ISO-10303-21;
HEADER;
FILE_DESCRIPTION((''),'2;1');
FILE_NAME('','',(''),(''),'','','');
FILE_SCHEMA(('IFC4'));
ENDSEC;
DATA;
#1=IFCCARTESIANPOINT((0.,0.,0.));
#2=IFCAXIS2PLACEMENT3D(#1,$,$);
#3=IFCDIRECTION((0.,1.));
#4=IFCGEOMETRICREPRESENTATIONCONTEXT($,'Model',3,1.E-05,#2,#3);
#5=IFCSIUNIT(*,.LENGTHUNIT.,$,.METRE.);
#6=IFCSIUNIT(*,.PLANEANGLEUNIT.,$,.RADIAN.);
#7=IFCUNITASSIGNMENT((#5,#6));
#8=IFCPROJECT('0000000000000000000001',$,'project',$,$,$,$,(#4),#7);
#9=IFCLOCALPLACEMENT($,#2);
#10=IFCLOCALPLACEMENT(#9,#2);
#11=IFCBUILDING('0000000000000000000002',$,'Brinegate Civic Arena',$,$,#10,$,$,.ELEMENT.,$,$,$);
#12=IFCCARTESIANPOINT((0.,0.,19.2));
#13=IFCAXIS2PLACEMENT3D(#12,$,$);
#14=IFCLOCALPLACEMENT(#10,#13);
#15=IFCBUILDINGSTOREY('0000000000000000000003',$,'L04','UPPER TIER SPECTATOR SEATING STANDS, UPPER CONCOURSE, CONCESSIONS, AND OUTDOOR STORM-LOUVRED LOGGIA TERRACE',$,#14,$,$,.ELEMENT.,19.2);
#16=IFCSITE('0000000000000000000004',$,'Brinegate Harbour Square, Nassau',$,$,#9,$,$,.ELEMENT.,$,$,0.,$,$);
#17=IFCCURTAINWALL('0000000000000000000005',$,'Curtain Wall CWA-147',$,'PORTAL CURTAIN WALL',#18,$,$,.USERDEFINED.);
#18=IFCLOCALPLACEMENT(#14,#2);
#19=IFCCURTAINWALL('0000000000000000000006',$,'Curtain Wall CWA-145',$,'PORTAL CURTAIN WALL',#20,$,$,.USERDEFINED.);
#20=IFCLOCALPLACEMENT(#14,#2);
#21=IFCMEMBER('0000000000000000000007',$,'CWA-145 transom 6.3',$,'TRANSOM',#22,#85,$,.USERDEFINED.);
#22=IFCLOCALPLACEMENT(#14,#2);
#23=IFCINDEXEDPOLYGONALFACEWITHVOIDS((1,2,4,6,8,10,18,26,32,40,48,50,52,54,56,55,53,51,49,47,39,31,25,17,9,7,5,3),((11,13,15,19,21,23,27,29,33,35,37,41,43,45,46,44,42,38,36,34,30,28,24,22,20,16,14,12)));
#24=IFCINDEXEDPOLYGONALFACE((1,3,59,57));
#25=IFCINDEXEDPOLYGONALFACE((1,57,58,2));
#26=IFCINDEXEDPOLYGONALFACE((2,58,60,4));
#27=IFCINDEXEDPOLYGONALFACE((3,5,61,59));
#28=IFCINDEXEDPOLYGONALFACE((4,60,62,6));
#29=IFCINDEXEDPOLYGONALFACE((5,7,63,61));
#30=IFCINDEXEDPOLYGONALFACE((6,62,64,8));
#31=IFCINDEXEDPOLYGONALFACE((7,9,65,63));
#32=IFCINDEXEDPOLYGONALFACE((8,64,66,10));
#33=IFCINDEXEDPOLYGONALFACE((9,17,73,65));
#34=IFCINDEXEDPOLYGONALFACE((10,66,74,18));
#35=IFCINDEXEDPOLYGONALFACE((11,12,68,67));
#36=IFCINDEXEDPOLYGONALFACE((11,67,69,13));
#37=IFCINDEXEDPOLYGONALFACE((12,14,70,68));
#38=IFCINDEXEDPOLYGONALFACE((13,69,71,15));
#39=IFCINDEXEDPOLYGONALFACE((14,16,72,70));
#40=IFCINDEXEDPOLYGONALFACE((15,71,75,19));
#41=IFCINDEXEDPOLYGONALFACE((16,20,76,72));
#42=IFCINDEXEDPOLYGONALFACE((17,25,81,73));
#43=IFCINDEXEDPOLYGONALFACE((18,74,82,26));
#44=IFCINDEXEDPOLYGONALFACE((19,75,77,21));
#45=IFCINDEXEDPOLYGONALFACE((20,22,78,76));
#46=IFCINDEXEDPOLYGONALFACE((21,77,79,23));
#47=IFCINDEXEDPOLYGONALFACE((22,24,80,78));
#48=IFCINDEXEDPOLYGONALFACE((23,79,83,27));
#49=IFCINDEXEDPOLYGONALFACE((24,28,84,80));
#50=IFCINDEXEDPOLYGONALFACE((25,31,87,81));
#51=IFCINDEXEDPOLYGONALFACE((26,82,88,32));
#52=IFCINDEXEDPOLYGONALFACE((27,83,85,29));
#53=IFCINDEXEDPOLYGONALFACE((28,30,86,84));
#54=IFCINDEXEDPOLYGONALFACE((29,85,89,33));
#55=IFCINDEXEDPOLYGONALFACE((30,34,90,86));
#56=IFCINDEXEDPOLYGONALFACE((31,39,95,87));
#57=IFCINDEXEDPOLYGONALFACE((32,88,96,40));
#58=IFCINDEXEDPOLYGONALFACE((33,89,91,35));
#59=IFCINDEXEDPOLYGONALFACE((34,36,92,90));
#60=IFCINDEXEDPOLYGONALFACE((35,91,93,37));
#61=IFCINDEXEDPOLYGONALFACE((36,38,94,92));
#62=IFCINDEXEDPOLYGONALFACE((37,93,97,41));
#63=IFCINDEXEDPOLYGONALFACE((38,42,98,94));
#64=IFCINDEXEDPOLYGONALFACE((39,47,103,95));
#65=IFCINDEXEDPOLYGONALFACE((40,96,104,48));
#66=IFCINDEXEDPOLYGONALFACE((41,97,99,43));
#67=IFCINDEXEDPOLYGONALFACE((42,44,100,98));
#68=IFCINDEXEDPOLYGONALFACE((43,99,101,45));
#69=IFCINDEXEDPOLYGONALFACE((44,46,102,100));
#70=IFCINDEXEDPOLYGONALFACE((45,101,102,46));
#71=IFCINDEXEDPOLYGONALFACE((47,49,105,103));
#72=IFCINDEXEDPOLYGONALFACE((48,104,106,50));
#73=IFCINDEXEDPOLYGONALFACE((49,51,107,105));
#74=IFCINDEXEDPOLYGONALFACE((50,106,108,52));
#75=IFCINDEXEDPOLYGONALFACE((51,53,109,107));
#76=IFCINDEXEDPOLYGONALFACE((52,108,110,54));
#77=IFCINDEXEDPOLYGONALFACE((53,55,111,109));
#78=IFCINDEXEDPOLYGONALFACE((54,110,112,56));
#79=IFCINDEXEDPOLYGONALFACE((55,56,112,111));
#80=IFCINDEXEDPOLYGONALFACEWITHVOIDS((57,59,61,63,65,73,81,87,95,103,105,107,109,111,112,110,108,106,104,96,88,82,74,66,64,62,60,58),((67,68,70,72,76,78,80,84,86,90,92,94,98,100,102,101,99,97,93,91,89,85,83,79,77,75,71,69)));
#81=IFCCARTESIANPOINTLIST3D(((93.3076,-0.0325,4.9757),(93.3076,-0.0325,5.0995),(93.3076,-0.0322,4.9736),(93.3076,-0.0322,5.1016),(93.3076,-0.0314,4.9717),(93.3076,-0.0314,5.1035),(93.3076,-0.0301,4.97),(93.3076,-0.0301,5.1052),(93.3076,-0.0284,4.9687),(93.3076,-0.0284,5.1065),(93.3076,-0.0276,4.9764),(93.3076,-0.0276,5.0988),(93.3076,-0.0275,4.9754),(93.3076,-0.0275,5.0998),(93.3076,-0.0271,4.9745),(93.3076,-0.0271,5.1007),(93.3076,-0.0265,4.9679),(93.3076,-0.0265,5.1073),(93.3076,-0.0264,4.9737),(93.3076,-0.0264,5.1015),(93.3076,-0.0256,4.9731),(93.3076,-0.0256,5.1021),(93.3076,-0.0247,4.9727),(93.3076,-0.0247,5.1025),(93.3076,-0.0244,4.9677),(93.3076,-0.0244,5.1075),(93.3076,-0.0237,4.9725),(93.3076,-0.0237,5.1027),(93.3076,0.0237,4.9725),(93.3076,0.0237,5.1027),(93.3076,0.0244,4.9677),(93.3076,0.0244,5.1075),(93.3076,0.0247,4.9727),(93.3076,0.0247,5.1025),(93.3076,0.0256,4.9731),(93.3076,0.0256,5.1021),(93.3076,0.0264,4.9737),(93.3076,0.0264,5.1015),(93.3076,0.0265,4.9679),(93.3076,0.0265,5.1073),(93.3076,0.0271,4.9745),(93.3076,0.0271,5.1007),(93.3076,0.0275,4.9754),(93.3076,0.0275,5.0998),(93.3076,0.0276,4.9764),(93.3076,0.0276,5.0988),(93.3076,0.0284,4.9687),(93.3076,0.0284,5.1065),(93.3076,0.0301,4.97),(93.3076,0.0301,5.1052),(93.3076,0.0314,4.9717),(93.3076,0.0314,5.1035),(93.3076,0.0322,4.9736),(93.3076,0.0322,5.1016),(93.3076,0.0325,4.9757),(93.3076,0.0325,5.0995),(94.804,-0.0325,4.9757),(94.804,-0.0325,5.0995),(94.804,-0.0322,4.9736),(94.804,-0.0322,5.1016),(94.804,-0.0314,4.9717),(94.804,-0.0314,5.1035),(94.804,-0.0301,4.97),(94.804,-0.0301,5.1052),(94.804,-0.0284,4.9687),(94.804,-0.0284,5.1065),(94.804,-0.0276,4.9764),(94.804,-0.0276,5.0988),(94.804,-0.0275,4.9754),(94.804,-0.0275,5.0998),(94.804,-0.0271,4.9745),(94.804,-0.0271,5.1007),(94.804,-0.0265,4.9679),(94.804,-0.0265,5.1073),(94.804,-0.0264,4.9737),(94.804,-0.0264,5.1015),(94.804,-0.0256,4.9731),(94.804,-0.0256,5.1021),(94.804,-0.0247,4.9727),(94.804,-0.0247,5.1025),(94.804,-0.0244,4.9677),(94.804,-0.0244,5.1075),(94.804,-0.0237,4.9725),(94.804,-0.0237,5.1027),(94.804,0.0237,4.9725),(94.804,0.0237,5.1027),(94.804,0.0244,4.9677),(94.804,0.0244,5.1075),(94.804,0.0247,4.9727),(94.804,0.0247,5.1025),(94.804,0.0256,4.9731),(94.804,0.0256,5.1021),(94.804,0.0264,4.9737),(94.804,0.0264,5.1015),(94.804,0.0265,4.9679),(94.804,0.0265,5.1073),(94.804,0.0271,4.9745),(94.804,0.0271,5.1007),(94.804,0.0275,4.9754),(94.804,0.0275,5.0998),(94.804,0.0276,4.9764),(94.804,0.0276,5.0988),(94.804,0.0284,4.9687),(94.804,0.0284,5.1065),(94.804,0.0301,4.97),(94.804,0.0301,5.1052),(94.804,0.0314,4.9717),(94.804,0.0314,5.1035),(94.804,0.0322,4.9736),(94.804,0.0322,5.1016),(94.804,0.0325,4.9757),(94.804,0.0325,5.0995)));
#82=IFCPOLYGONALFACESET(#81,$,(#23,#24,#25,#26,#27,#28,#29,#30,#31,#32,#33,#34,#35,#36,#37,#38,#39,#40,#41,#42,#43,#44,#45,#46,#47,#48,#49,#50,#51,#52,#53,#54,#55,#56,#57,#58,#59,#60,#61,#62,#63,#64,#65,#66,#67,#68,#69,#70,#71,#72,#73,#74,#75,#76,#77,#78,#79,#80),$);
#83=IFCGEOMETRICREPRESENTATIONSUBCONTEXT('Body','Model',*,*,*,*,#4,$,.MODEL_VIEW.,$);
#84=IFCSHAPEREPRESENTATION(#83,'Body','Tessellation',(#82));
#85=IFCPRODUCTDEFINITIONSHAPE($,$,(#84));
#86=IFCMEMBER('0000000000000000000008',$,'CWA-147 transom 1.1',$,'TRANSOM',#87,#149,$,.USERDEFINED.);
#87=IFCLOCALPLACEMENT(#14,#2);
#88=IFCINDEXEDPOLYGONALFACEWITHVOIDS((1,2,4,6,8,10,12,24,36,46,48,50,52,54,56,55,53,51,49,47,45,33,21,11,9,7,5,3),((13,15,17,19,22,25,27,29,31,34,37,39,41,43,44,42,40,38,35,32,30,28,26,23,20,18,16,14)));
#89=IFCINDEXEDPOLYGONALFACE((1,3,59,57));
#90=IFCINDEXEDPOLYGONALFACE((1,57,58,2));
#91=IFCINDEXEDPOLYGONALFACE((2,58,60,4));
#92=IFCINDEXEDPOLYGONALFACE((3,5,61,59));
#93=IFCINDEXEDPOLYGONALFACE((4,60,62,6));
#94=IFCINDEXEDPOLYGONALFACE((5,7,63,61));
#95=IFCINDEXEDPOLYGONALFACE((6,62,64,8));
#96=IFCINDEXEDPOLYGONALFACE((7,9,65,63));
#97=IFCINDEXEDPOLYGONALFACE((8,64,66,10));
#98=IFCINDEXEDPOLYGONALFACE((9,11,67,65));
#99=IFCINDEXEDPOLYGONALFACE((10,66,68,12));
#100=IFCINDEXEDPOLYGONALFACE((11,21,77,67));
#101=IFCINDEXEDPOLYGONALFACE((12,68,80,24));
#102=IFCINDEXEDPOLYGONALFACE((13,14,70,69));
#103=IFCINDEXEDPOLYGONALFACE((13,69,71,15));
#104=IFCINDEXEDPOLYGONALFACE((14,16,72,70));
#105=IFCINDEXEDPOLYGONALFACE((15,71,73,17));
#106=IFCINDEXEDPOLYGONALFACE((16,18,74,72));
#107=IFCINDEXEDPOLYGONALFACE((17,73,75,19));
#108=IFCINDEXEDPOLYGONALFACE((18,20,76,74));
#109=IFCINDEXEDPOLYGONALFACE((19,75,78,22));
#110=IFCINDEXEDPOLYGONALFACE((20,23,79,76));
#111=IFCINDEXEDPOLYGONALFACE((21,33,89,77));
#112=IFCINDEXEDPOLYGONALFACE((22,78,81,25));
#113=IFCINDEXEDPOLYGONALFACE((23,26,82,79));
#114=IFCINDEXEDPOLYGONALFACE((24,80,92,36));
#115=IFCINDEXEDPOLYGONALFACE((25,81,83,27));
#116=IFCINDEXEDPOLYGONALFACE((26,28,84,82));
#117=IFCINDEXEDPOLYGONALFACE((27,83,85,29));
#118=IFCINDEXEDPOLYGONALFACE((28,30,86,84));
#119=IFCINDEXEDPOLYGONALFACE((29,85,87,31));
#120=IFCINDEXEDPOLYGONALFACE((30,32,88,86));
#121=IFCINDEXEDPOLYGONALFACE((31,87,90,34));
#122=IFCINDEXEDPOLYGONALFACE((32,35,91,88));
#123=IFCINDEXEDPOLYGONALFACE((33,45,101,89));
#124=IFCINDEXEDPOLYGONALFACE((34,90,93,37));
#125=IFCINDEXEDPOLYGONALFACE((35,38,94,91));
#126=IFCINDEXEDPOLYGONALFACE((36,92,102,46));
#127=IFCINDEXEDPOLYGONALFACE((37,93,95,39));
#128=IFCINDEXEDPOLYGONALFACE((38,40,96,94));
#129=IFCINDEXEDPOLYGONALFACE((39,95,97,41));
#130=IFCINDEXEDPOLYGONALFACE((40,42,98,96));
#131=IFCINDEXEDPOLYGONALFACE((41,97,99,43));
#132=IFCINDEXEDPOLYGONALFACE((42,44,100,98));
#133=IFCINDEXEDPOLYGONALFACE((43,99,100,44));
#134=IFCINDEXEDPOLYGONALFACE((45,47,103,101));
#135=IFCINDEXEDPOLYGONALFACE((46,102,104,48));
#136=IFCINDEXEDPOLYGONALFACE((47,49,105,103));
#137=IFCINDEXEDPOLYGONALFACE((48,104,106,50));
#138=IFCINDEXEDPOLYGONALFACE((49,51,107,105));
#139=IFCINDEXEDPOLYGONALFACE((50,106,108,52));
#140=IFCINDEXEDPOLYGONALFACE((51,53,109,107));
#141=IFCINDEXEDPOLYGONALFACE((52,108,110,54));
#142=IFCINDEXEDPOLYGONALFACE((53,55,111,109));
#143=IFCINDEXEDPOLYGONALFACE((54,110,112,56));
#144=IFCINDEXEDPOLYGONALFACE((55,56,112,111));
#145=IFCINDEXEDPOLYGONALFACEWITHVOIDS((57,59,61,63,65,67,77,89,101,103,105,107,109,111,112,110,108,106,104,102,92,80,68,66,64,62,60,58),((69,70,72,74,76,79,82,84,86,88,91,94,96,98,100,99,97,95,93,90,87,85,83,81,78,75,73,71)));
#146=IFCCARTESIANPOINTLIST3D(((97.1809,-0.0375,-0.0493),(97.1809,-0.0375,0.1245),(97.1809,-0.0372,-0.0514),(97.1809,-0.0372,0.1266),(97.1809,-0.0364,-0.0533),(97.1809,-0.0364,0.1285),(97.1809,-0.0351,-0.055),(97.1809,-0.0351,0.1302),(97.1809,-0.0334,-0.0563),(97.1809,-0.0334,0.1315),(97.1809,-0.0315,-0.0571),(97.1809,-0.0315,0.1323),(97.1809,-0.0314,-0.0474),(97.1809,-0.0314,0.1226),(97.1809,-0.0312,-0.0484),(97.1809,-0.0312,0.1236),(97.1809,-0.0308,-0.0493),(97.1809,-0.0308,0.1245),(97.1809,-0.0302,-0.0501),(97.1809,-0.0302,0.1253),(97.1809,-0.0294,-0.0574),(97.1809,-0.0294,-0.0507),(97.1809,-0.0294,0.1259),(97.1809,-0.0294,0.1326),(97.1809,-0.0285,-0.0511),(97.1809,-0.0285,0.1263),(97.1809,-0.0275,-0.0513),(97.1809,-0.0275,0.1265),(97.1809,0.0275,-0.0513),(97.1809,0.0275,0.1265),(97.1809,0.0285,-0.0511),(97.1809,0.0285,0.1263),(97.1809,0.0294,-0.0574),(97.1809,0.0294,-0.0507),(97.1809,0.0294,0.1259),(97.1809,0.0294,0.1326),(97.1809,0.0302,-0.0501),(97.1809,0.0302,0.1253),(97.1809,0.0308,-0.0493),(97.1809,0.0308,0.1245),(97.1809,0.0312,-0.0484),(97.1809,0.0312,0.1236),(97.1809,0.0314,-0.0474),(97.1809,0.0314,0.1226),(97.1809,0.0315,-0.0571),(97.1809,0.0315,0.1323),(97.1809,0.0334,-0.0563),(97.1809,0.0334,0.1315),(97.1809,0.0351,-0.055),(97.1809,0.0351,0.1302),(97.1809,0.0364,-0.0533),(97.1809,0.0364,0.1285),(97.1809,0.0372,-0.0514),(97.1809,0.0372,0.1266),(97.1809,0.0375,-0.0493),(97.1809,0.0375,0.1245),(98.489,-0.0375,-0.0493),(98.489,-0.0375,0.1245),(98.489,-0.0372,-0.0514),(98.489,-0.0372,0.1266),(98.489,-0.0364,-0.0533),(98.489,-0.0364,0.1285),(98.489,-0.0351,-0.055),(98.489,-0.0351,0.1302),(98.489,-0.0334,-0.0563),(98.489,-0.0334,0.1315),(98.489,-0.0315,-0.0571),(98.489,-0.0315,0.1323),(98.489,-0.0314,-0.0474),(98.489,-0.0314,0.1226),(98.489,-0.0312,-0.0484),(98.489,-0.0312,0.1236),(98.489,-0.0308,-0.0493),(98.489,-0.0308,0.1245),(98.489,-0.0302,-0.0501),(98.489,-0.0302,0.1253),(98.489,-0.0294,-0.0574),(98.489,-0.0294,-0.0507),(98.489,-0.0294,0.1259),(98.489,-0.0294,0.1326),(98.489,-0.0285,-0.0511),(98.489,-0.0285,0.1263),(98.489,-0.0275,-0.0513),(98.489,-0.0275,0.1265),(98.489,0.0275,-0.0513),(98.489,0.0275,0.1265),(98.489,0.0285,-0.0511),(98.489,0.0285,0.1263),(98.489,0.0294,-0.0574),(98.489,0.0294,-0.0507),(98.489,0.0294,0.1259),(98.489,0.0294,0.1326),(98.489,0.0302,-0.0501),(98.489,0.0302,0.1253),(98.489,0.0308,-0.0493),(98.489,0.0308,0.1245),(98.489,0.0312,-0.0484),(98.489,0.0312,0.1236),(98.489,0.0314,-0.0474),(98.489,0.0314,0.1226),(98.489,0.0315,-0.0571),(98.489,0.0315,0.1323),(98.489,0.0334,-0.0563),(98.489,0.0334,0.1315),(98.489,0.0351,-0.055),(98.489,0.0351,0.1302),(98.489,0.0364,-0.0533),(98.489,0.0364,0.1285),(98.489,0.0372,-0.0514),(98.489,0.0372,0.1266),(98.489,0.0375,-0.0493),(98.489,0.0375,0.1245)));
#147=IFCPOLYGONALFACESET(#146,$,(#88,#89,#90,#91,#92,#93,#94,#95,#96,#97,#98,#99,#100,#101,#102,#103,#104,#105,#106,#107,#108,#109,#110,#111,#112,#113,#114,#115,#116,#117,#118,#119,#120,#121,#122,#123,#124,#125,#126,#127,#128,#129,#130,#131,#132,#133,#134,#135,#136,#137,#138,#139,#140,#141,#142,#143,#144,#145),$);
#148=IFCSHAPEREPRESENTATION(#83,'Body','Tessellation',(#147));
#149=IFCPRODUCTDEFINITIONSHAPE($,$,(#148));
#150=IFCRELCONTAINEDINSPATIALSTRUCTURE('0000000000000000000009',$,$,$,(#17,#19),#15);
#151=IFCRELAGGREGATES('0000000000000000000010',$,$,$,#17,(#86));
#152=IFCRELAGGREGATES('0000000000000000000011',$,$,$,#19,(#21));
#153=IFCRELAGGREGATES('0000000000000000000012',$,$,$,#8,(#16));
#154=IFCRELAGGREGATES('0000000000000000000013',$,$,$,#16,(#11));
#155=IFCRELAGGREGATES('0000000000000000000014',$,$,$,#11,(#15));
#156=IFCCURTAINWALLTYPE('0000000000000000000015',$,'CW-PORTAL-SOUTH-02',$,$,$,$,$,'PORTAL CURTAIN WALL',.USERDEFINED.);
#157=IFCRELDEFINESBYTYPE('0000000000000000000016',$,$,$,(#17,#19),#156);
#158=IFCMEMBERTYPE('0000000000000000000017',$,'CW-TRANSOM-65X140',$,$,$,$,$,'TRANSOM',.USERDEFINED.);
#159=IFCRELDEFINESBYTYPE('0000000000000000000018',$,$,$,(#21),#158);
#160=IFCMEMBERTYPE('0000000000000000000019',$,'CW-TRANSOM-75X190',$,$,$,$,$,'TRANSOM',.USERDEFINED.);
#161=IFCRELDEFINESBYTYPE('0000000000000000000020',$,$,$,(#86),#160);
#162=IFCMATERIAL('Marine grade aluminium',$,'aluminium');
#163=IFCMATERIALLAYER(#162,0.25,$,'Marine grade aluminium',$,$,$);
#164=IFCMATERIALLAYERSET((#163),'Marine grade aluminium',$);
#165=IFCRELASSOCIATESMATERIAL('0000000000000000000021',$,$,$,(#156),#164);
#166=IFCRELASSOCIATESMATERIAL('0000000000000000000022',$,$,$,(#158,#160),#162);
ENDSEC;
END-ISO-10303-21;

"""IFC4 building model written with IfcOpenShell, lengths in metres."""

from ifc_helpers import new_model, si_unit, direction, frame, origin, origin_2d, place, context, subcontext, project, spatial, hollow_rectangle, extrude, material, layer, layer_set, material_profile, profile_set, type_object, element, aggregate, save


model = new_model("IFC4")

# Units and contexts
model_context = context("Model", 3, precision=1e-05, world=origin(), true_north=direction((0.0, 1.0)))
body_context = subcontext(model_context, "Body", "Model", "MODEL_VIEW")
ifc_project = project(units=[si_unit("LENGTHUNIT", "METRE"), si_unit("PLANEANGLEUNIT", "RADIAN")], contexts=[model_context])

# Site, building, storey
site_placement = place(None, origin())
site = spatial("IfcSite", under=ifc_project, at=site_placement, Name="Brinegate Harbour Square, Nassau", CompositionType="ELEMENT", RefElevation=0.0)
building_placement = place(site_placement, origin())
building = spatial("IfcBuilding", under=site, at=building_placement, Name="Brinegate Civic Arena", CompositionType="ELEMENT")
storey_placement = place(building_placement, frame((0.0, 0.0, 19.2)))
storey = spatial("IfcBuildingStorey", under=building, at=storey_placement, Name="L04", Description="UPPER TIER SPECTATOR SEATING STANDS, UPPER CONCOURSE, CONCESSIONS, AND OUTDOOR STORM-LOUVRED LOGGIA TERRACE", CompositionType="ELEMENT", Elevation=19.2)

# Curtain walls, member
ifc_material_1 = material(Name="Marine grade aluminium", Category="aluminium")
ifc_layer_1 = layer(ifc_material_1, 0.25, Name="Marine grade aluminium")
ifc_layer_set_1 = layer_set([ifc_layer_1], Name="Marine grade aluminium")
curtain_wall_type = type_object("IfcCurtainWallType", Name="CW-PORTAL-SOUTH-02", ElementType="PORTAL CURTAIN WALL", PredefinedType="USERDEFINED", material=ifc_layer_set_1)
curtain_wall_1_placement = place(storey_placement, origin())
curtain_wall_1 = element("IfcCurtainWall", 1, at=curtain_wall_1_placement, inside=storey, type_object=curtain_wall_type, Name="Curtain Wall CWA-147", ObjectType="PORTAL CURTAIN WALL", PredefinedType="USERDEFINED")
curtain_wall_2_placement = place(storey_placement, origin())
curtain_wall_2 = element("IfcCurtainWall", 2, at=curtain_wall_2_placement, inside=storey, type_object=curtain_wall_type, Name="Curtain Wall CWA-145", ObjectType="PORTAL CURTAIN WALL", PredefinedType="USERDEFINED")
ifc_material_profile_1 = material_profile(ifc_material_1, hollow_rectangle(XDim=0.0649, YDim=0.1399, WallThickness=0.0049, InnerFilletRadius=0.0039, OuterFilletRadius=0.0081, at=origin_2d()), Name="TRN65X140")
ifc_profile_set_1 = profile_set([ifc_material_profile_1], Name="Marine grade aluminium")
member_type_1 = type_object("IfcMemberType", Name="CW-TRANSOM-65X140", ElementType="TRANSOM", PredefinedType="USERDEFINED", material=ifc_profile_set_1)
member_1_placement = place(storey_placement, frame((93.3076, 0.0, 5.0376), z_axis=(1.0, 0.0, 0.0), x_axis=(0.0, 1.0, 0.0)))
member_1 = element("IfcMember", 3, at=member_1_placement, type_object=member_type_1, Name="CWA-145 transom 6.3", ObjectType="TRANSOM", PredefinedType="USERDEFINED", context=body_context, shape_type="SweptSolid", body=[
    extrude(hollow_rectangle(XDim=0.0649, YDim=0.1399, WallThickness=0.0049, InnerFilletRadius=0.0039, OuterFilletRadius=0.0081, at=origin_2d()), origin(), (0.0, 0.0, 1.0), 1.4963),
])

# Member
ifc_material_profile_2 = material_profile(ifc_material_1, hollow_rectangle(XDim=0.075, YDim=0.1899, WallThickness=0.0061, InnerFilletRadius=0.0039, OuterFilletRadius=0.0081, at=origin_2d()), Name="TRN75X190")
ifc_profile_set_2 = profile_set([ifc_material_profile_2], Name="Marine grade aluminium")
member_type_2 = type_object("IfcMemberType", Name="CW-TRANSOM-75X190", ElementType="TRANSOM", PredefinedType="USERDEFINED", material=ifc_profile_set_2)
member_2_placement = place(storey_placement, frame((97.1809, 0.0, 0.0376), z_axis=(1.0, 0.0, 0.0), x_axis=(0.0, 1.0, 0.0)))
member_2 = element("IfcMember", 4, at=member_2_placement, type_object=member_type_2, Name="CWA-147 transom 1.1", ObjectType="TRANSOM", PredefinedType="USERDEFINED", context=body_context, shape_type="SweptSolid", body=[
    extrude(hollow_rectangle(XDim=0.075, YDim=0.1899, WallThickness=0.0061, InnerFilletRadius=0.0039, OuterFilletRadius=0.0081, at=origin_2d()), origin(), (0.0, 0.0, 1.0), 1.3081),
])

aggregate(curtain_wall_1, [member_2])
aggregate(curtain_wall_2, [member_1])

save(model, "model.ifc")
